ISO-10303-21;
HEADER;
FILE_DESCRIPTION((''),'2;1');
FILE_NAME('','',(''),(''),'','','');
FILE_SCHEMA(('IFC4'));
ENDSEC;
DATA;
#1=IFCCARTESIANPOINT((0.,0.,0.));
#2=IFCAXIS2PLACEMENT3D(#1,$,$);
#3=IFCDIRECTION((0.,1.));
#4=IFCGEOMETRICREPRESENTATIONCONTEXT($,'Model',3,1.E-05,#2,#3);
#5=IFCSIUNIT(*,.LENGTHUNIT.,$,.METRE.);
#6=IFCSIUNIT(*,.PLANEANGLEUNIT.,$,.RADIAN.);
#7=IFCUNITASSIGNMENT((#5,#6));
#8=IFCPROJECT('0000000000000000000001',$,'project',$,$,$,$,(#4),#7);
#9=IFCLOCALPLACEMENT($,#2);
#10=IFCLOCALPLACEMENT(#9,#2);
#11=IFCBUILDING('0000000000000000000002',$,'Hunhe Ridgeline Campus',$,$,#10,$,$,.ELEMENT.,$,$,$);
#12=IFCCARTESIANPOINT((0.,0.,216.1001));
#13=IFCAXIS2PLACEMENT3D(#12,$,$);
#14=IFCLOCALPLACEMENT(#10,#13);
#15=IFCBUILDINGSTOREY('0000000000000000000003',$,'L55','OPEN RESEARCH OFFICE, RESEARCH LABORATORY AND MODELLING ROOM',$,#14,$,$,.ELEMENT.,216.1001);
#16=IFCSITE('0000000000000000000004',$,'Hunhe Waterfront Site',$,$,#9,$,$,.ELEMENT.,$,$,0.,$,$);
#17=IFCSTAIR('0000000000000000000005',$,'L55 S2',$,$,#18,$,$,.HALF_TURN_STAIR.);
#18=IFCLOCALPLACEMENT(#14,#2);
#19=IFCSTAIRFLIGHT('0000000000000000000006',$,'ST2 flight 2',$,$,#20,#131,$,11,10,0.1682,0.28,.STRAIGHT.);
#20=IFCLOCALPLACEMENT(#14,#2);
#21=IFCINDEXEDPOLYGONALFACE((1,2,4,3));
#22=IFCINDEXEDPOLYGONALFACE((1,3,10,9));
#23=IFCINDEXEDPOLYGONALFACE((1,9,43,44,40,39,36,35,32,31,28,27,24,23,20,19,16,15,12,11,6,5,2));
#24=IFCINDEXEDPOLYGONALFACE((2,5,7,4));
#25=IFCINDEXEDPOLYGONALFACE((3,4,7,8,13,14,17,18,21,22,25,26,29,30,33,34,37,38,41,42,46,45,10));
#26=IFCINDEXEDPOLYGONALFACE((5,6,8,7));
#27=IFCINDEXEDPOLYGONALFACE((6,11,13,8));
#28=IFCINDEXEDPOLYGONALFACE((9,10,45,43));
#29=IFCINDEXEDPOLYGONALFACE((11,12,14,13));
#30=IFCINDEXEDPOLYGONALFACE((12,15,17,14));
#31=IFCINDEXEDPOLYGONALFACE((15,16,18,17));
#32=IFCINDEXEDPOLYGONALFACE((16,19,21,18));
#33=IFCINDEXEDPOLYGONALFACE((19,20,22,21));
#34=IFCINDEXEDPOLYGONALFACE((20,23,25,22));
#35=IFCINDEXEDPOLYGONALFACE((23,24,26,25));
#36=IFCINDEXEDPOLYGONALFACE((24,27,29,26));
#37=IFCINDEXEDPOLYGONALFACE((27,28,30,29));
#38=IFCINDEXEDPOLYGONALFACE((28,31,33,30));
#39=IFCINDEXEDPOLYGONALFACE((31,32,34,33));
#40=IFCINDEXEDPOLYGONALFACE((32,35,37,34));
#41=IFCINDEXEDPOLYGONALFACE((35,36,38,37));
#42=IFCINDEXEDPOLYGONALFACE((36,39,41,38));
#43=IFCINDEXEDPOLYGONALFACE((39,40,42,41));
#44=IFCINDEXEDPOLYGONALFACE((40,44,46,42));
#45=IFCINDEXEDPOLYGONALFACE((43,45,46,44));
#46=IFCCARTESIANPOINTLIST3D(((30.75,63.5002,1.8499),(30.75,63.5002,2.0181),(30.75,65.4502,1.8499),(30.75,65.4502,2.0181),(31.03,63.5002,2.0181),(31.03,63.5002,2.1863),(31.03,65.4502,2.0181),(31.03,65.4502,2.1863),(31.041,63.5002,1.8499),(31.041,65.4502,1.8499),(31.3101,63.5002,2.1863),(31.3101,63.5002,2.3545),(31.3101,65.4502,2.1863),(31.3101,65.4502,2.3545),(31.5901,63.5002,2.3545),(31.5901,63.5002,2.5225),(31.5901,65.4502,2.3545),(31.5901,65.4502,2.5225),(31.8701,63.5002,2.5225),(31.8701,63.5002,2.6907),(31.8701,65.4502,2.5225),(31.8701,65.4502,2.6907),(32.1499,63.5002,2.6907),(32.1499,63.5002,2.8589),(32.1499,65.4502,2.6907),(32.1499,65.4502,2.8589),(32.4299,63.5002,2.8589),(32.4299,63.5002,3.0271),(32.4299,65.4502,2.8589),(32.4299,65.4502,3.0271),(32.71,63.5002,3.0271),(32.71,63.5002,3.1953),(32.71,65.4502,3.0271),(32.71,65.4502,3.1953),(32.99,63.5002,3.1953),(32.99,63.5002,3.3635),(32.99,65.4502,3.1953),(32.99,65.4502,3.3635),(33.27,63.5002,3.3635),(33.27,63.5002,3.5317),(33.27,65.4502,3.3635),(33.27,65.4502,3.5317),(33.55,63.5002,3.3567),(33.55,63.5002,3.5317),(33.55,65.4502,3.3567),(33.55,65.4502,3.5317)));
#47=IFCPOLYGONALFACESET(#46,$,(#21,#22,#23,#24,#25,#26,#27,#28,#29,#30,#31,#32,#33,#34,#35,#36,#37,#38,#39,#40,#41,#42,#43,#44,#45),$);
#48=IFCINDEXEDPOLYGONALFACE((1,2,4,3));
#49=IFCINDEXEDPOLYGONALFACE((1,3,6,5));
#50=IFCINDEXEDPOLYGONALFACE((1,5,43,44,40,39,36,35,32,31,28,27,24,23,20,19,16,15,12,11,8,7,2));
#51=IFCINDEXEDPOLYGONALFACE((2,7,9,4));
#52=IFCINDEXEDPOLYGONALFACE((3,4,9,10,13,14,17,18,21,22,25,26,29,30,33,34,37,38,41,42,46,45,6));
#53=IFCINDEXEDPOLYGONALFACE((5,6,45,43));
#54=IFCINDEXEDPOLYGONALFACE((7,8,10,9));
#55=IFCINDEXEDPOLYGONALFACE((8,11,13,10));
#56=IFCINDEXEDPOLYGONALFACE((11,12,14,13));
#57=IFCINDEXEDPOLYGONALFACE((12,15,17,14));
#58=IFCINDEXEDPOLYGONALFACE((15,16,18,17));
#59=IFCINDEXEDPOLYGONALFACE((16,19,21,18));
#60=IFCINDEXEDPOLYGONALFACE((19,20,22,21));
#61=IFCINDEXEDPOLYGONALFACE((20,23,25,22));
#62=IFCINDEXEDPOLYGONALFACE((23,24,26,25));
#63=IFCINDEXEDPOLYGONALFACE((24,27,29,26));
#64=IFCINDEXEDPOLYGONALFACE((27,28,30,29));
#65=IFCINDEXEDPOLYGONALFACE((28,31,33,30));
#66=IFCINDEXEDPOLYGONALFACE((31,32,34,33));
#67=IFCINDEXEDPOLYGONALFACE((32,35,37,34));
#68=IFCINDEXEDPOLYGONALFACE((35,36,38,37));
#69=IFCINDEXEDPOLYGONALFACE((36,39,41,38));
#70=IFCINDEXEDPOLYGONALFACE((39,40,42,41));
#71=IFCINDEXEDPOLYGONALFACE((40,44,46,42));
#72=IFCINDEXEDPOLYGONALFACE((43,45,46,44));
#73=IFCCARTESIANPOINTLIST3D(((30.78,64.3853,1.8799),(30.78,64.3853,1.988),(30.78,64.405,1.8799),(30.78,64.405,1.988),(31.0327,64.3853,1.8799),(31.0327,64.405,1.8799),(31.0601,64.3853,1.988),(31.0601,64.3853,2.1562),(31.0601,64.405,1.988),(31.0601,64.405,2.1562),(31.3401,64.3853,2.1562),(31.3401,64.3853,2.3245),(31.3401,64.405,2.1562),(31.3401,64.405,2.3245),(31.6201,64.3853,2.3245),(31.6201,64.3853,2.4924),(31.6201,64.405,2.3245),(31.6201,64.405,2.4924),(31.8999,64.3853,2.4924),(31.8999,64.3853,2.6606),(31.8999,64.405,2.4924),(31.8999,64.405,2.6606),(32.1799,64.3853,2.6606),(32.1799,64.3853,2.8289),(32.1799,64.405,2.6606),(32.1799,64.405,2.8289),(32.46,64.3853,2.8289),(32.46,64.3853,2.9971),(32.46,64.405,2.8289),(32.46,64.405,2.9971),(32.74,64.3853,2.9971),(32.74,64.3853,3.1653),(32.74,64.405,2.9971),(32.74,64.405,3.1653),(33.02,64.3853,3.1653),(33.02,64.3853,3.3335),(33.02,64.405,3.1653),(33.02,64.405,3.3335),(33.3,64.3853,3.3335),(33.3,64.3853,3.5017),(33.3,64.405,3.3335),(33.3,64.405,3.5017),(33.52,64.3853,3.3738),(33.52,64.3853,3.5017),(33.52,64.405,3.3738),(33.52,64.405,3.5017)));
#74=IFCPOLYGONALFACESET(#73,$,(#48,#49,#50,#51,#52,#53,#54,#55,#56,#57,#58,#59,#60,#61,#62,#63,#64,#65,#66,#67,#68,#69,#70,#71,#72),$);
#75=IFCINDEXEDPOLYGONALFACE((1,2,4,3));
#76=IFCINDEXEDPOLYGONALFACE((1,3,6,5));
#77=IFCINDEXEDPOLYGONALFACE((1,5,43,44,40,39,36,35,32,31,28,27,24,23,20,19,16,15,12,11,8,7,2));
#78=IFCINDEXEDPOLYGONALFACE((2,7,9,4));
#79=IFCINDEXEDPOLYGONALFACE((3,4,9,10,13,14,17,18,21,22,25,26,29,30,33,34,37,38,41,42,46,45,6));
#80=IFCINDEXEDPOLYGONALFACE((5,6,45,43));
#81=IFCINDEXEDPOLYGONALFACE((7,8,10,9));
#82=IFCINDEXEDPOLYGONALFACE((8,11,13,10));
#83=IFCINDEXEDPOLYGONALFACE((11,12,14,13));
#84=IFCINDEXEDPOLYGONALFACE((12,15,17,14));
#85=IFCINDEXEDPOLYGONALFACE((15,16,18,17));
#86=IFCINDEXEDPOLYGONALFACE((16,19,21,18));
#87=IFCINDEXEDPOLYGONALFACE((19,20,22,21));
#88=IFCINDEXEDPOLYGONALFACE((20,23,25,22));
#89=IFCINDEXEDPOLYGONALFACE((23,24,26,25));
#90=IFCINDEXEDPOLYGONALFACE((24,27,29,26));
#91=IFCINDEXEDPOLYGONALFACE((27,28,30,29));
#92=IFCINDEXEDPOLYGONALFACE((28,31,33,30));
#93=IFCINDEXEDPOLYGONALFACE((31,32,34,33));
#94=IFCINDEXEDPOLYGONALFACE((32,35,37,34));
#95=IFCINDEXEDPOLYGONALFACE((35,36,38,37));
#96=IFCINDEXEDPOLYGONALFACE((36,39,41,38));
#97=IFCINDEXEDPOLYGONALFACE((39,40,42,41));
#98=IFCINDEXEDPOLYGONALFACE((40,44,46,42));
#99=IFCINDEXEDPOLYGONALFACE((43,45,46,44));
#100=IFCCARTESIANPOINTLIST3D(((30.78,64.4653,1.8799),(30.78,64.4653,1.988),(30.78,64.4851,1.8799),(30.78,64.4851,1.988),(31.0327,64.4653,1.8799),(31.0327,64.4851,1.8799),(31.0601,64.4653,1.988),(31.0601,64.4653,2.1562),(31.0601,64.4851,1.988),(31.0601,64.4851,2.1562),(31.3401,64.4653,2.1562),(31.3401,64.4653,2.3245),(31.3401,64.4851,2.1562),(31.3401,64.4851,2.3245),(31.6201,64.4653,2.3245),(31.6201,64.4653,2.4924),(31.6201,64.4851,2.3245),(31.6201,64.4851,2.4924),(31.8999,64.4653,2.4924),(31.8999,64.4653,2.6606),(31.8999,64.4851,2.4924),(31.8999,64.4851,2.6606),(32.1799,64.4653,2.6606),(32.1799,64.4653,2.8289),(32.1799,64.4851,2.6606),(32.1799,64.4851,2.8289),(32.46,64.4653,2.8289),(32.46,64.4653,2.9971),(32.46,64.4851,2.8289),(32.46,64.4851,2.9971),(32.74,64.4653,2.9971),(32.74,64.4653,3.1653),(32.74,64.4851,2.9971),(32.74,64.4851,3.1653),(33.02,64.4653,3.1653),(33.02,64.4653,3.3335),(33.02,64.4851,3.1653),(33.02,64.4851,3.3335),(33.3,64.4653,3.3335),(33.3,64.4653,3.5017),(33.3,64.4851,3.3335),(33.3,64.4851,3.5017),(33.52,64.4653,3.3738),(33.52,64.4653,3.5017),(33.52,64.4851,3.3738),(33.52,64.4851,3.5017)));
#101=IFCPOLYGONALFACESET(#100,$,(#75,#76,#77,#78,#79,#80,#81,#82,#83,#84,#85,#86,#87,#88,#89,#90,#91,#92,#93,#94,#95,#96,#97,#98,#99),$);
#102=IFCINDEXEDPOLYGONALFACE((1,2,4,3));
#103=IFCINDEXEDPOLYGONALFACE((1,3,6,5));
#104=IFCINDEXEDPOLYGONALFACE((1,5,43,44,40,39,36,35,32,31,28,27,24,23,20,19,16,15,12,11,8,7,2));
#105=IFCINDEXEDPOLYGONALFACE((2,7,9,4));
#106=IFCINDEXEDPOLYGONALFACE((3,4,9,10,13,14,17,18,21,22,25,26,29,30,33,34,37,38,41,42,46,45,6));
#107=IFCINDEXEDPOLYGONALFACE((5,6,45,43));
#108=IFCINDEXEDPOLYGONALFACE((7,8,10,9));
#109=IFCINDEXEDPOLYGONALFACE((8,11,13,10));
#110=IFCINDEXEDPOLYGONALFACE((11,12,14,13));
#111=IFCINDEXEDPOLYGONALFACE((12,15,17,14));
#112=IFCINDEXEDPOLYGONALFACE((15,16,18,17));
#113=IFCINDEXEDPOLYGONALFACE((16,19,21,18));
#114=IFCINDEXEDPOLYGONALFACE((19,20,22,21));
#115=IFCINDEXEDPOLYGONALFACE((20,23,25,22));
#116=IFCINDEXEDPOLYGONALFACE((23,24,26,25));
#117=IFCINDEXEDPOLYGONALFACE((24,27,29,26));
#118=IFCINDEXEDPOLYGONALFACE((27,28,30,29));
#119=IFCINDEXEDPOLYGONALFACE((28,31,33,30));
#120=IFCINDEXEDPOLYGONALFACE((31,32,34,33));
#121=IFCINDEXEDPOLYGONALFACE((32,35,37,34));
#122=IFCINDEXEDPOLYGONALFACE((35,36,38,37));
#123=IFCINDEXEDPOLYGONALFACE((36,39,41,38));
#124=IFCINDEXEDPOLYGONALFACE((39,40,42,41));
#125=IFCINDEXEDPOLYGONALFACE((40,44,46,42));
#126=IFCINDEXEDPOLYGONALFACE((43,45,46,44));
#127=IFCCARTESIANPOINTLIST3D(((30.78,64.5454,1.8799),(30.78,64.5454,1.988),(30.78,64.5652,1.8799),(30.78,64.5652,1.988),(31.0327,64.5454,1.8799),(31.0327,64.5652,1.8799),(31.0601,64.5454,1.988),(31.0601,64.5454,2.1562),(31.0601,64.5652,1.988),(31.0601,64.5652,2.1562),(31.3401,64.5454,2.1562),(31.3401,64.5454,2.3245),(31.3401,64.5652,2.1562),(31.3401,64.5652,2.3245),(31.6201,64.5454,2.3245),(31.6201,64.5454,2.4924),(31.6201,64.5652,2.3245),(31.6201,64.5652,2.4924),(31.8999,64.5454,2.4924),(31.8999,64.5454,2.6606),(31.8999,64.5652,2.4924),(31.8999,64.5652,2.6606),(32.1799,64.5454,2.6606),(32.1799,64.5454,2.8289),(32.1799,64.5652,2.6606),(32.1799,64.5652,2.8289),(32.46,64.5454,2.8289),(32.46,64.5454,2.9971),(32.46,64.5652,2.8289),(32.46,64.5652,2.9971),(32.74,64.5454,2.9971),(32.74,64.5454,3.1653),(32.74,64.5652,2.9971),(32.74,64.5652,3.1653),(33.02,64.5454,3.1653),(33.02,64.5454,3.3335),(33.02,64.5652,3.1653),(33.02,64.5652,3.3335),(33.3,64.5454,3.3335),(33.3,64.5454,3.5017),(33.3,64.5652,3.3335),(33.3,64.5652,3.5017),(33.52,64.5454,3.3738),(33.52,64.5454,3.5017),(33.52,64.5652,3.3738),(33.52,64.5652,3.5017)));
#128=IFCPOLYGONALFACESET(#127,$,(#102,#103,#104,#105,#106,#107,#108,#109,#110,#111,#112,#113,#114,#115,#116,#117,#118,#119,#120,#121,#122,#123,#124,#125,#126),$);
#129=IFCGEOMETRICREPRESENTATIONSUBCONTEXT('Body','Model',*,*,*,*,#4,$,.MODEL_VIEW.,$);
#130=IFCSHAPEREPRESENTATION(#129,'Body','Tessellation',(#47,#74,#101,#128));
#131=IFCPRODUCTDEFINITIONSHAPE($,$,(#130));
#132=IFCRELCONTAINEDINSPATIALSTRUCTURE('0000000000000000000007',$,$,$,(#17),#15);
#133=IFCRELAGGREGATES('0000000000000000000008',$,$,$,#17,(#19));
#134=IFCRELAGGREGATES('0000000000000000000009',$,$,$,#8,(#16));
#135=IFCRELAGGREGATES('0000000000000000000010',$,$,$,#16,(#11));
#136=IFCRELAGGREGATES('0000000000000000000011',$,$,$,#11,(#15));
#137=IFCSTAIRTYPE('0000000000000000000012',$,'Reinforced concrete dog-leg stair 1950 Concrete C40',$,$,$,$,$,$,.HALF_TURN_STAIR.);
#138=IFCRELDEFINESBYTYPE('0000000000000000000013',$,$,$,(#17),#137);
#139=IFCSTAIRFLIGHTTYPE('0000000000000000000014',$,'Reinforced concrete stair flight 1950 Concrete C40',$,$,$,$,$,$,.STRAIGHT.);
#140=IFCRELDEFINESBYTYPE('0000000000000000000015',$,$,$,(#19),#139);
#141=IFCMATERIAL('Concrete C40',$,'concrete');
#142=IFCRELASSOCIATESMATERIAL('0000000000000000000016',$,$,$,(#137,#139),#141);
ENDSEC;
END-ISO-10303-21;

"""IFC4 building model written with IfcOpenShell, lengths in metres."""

from ifc_helpers import new_model, si_unit, direction, frame, origin, place, context, subcontext, project, spatial, polyline, outline, extrude, material, type_object, element, aggregate, save


model = new_model("IFC4")

# Units and contexts
model_context = context("Model", 3, precision=1e-05, world=origin(), true_north=direction((0.0, 1.0)))
body_context = subcontext(model_context, "Body", "Model", "MODEL_VIEW")
ifc_project = project(units=[si_unit("LENGTHUNIT", "METRE"), si_unit("PLANEANGLEUNIT", "RADIAN")], contexts=[model_context])

# Site, building, storey
site_placement = place(None, origin())
site = spatial("IfcSite", under=ifc_project, at=site_placement, Name="Hunhe Waterfront Site", CompositionType="ELEMENT", RefElevation=0.0)
building_placement = place(site_placement, origin())
building = spatial("IfcBuilding", under=site, at=building_placement, Name="Hunhe Ridgeline Campus", CompositionType="ELEMENT")
storey_placement = place(building_placement, frame((0.0, 0.0, 216.1001)))
storey = spatial("IfcBuildingStorey", under=building, at=storey_placement, Name="L55", Description="OPEN RESEARCH OFFICE, RESEARCH LABORATORY AND MODELLING ROOM", CompositionType="ELEMENT", Elevation=216.1001)

# Stair, stair flight
ifc_material_1 = material(Name="Concrete C40", Category="concrete")
stair_type = type_object("IfcStairType", Name="Reinforced concrete dog-leg stair 1950 Concrete C40", PredefinedType="HALF_TURN_STAIR", material=ifc_material_1)
stair_placement = place(storey_placement, origin())
stair = element("IfcStair", 1, at=stair_placement, inside=storey, type_object=stair_type, Name="L55 S2", PredefinedType="HALF_TURN_STAIR")
stair_flight_type = type_object("IfcStairFlightType", Name="Reinforced concrete stair flight 1950 Concrete C40", PredefinedType="STRAIGHT", material=ifc_material_1)
stair_flight_1_placement = place(storey_placement, frame((30.75, 64.4751, 1.8499), z_axis=(0.0, 0.0, 1.0), x_axis=(1.0, 0.0, 0.0)))
stair_flight_1 = element("IfcStairFlight", 2, at=stair_flight_1_placement, type_object=stair_flight_type, Name="ST2 flight 2", NumberOfRisers=11, NumberOfTreads=10, PredefinedType="STRAIGHT", RiserHeight=0.1682, TreadLength=0.28, context=body_context, shape_type="SweptSolid", body=[
    extrude(outline(polyline([(0.0, 0.0), (0.0, 0.1682), (0.28, 0.1682), (0.28, 0.3364), (0.5601, 0.3364), (0.5601, 0.5046), (0.8401, 0.5046), (0.8401, 0.6726), (1.1201, 0.6726), (1.1201, 0.8408), (1.3999, 0.8408), (1.3999, 1.009), (1.6799, 1.009), (1.6799, 1.1772), (1.96, 1.1772), (1.96, 1.3455), (2.24, 1.3455), (2.24, 1.5137), (2.52, 1.5137), (2.52, 1.6819), (2.8, 1.6819), (2.8, 1.8501), (2.8, 1.5068), (0.291, 0.0), (0.0, 0.0)])), frame((0.0, 0.9751, 0.0), z_axis=(0.0, -1.0, 0.0), x_axis=(1.0, 0.0, 0.0)), (0.0, 0.0, 1.0), 1.95),
    extrude(outline(polyline([(0.03, 0.03), (0.03, 0.1382), (0.3101, 0.1382), (0.3101, 0.3064), (0.5901, 0.3064), (0.5901, 0.4746), (0.8701, 0.4746), (0.8701, 0.6426), (1.1499, 0.6426), (1.1499, 0.8108), (1.4299, 0.8108), (1.4299, 0.979), (1.71, 0.979), (1.71, 1.1472), (1.99, 1.1472), (1.99, 1.3154), (2.27, 1.3154), (2.27, 1.4836), (2.55, 1.4836), (2.55, 1.6519), (2.77, 1.6519), (2.77, 1.5239), (0.2827, 0.03), (0.03, 0.03)])), frame((0.0, -0.0701, 0.0), z_axis=(0.0, -1.0, 0.0), x_axis=(1.0, 0.0, 0.0)), (0.0, 0.0, 1.0), 0.0198),
    extrude(outline(polyline([(0.03, 0.03), (0.03, 0.1382), (0.3101, 0.1382), (0.3101, 0.3064), (0.5901, 0.3064), (0.5901, 0.4746), (0.8701, 0.4746), (0.8701, 0.6426), (1.1499, 0.6426), (1.1499, 0.8108), (1.4299, 0.8108), (1.4299, 0.979), (1.71, 0.979), (1.71, 1.1472), (1.99, 1.1472), (1.99, 1.3154), (2.27, 1.3154), (2.27, 1.4836), (2.55, 1.4836), (2.55, 1.6519), (2.77, 1.6519), (2.77, 1.5239), (0.2827, 0.03), (0.03, 0.03)])), frame((0.0, 0.01, 0.0), z_axis=(0.0, -1.0, 0.0), x_axis=(1.0, 0.0, 0.0)), (0.0, 0.0, 1.0), 0.0198),
    extrude(outline(polyline([(0.03, 0.03), (0.03, 0.1382), (0.3101, 0.1382), (0.3101, 0.3064), (0.5901, 0.3064), (0.5901, 0.4746), (0.8701, 0.4746), (0.8701, 0.6426), (1.1499, 0.6426), (1.1499, 0.8108), (1.4299, 0.8108), (1.4299, 0.979), (1.71, 0.979), (1.71, 1.1472), (1.99, 1.1472), (1.99, 1.3154), (2.27, 1.3154), (2.27, 1.4836), (2.55, 1.4836), (2.55, 1.6519), (2.77, 1.6519), (2.77, 1.5239), (0.2827, 0.03), (0.03, 0.03)])), frame((0.0, 0.0901, 0.0), z_axis=(0.0, -1.0, 0.0), x_axis=(1.0, 0.0, 0.0)), (0.0, 0.0, 1.0), 0.0198),
])
aggregate(stair, [stair_flight_1])

save(model, "model.ifc")
